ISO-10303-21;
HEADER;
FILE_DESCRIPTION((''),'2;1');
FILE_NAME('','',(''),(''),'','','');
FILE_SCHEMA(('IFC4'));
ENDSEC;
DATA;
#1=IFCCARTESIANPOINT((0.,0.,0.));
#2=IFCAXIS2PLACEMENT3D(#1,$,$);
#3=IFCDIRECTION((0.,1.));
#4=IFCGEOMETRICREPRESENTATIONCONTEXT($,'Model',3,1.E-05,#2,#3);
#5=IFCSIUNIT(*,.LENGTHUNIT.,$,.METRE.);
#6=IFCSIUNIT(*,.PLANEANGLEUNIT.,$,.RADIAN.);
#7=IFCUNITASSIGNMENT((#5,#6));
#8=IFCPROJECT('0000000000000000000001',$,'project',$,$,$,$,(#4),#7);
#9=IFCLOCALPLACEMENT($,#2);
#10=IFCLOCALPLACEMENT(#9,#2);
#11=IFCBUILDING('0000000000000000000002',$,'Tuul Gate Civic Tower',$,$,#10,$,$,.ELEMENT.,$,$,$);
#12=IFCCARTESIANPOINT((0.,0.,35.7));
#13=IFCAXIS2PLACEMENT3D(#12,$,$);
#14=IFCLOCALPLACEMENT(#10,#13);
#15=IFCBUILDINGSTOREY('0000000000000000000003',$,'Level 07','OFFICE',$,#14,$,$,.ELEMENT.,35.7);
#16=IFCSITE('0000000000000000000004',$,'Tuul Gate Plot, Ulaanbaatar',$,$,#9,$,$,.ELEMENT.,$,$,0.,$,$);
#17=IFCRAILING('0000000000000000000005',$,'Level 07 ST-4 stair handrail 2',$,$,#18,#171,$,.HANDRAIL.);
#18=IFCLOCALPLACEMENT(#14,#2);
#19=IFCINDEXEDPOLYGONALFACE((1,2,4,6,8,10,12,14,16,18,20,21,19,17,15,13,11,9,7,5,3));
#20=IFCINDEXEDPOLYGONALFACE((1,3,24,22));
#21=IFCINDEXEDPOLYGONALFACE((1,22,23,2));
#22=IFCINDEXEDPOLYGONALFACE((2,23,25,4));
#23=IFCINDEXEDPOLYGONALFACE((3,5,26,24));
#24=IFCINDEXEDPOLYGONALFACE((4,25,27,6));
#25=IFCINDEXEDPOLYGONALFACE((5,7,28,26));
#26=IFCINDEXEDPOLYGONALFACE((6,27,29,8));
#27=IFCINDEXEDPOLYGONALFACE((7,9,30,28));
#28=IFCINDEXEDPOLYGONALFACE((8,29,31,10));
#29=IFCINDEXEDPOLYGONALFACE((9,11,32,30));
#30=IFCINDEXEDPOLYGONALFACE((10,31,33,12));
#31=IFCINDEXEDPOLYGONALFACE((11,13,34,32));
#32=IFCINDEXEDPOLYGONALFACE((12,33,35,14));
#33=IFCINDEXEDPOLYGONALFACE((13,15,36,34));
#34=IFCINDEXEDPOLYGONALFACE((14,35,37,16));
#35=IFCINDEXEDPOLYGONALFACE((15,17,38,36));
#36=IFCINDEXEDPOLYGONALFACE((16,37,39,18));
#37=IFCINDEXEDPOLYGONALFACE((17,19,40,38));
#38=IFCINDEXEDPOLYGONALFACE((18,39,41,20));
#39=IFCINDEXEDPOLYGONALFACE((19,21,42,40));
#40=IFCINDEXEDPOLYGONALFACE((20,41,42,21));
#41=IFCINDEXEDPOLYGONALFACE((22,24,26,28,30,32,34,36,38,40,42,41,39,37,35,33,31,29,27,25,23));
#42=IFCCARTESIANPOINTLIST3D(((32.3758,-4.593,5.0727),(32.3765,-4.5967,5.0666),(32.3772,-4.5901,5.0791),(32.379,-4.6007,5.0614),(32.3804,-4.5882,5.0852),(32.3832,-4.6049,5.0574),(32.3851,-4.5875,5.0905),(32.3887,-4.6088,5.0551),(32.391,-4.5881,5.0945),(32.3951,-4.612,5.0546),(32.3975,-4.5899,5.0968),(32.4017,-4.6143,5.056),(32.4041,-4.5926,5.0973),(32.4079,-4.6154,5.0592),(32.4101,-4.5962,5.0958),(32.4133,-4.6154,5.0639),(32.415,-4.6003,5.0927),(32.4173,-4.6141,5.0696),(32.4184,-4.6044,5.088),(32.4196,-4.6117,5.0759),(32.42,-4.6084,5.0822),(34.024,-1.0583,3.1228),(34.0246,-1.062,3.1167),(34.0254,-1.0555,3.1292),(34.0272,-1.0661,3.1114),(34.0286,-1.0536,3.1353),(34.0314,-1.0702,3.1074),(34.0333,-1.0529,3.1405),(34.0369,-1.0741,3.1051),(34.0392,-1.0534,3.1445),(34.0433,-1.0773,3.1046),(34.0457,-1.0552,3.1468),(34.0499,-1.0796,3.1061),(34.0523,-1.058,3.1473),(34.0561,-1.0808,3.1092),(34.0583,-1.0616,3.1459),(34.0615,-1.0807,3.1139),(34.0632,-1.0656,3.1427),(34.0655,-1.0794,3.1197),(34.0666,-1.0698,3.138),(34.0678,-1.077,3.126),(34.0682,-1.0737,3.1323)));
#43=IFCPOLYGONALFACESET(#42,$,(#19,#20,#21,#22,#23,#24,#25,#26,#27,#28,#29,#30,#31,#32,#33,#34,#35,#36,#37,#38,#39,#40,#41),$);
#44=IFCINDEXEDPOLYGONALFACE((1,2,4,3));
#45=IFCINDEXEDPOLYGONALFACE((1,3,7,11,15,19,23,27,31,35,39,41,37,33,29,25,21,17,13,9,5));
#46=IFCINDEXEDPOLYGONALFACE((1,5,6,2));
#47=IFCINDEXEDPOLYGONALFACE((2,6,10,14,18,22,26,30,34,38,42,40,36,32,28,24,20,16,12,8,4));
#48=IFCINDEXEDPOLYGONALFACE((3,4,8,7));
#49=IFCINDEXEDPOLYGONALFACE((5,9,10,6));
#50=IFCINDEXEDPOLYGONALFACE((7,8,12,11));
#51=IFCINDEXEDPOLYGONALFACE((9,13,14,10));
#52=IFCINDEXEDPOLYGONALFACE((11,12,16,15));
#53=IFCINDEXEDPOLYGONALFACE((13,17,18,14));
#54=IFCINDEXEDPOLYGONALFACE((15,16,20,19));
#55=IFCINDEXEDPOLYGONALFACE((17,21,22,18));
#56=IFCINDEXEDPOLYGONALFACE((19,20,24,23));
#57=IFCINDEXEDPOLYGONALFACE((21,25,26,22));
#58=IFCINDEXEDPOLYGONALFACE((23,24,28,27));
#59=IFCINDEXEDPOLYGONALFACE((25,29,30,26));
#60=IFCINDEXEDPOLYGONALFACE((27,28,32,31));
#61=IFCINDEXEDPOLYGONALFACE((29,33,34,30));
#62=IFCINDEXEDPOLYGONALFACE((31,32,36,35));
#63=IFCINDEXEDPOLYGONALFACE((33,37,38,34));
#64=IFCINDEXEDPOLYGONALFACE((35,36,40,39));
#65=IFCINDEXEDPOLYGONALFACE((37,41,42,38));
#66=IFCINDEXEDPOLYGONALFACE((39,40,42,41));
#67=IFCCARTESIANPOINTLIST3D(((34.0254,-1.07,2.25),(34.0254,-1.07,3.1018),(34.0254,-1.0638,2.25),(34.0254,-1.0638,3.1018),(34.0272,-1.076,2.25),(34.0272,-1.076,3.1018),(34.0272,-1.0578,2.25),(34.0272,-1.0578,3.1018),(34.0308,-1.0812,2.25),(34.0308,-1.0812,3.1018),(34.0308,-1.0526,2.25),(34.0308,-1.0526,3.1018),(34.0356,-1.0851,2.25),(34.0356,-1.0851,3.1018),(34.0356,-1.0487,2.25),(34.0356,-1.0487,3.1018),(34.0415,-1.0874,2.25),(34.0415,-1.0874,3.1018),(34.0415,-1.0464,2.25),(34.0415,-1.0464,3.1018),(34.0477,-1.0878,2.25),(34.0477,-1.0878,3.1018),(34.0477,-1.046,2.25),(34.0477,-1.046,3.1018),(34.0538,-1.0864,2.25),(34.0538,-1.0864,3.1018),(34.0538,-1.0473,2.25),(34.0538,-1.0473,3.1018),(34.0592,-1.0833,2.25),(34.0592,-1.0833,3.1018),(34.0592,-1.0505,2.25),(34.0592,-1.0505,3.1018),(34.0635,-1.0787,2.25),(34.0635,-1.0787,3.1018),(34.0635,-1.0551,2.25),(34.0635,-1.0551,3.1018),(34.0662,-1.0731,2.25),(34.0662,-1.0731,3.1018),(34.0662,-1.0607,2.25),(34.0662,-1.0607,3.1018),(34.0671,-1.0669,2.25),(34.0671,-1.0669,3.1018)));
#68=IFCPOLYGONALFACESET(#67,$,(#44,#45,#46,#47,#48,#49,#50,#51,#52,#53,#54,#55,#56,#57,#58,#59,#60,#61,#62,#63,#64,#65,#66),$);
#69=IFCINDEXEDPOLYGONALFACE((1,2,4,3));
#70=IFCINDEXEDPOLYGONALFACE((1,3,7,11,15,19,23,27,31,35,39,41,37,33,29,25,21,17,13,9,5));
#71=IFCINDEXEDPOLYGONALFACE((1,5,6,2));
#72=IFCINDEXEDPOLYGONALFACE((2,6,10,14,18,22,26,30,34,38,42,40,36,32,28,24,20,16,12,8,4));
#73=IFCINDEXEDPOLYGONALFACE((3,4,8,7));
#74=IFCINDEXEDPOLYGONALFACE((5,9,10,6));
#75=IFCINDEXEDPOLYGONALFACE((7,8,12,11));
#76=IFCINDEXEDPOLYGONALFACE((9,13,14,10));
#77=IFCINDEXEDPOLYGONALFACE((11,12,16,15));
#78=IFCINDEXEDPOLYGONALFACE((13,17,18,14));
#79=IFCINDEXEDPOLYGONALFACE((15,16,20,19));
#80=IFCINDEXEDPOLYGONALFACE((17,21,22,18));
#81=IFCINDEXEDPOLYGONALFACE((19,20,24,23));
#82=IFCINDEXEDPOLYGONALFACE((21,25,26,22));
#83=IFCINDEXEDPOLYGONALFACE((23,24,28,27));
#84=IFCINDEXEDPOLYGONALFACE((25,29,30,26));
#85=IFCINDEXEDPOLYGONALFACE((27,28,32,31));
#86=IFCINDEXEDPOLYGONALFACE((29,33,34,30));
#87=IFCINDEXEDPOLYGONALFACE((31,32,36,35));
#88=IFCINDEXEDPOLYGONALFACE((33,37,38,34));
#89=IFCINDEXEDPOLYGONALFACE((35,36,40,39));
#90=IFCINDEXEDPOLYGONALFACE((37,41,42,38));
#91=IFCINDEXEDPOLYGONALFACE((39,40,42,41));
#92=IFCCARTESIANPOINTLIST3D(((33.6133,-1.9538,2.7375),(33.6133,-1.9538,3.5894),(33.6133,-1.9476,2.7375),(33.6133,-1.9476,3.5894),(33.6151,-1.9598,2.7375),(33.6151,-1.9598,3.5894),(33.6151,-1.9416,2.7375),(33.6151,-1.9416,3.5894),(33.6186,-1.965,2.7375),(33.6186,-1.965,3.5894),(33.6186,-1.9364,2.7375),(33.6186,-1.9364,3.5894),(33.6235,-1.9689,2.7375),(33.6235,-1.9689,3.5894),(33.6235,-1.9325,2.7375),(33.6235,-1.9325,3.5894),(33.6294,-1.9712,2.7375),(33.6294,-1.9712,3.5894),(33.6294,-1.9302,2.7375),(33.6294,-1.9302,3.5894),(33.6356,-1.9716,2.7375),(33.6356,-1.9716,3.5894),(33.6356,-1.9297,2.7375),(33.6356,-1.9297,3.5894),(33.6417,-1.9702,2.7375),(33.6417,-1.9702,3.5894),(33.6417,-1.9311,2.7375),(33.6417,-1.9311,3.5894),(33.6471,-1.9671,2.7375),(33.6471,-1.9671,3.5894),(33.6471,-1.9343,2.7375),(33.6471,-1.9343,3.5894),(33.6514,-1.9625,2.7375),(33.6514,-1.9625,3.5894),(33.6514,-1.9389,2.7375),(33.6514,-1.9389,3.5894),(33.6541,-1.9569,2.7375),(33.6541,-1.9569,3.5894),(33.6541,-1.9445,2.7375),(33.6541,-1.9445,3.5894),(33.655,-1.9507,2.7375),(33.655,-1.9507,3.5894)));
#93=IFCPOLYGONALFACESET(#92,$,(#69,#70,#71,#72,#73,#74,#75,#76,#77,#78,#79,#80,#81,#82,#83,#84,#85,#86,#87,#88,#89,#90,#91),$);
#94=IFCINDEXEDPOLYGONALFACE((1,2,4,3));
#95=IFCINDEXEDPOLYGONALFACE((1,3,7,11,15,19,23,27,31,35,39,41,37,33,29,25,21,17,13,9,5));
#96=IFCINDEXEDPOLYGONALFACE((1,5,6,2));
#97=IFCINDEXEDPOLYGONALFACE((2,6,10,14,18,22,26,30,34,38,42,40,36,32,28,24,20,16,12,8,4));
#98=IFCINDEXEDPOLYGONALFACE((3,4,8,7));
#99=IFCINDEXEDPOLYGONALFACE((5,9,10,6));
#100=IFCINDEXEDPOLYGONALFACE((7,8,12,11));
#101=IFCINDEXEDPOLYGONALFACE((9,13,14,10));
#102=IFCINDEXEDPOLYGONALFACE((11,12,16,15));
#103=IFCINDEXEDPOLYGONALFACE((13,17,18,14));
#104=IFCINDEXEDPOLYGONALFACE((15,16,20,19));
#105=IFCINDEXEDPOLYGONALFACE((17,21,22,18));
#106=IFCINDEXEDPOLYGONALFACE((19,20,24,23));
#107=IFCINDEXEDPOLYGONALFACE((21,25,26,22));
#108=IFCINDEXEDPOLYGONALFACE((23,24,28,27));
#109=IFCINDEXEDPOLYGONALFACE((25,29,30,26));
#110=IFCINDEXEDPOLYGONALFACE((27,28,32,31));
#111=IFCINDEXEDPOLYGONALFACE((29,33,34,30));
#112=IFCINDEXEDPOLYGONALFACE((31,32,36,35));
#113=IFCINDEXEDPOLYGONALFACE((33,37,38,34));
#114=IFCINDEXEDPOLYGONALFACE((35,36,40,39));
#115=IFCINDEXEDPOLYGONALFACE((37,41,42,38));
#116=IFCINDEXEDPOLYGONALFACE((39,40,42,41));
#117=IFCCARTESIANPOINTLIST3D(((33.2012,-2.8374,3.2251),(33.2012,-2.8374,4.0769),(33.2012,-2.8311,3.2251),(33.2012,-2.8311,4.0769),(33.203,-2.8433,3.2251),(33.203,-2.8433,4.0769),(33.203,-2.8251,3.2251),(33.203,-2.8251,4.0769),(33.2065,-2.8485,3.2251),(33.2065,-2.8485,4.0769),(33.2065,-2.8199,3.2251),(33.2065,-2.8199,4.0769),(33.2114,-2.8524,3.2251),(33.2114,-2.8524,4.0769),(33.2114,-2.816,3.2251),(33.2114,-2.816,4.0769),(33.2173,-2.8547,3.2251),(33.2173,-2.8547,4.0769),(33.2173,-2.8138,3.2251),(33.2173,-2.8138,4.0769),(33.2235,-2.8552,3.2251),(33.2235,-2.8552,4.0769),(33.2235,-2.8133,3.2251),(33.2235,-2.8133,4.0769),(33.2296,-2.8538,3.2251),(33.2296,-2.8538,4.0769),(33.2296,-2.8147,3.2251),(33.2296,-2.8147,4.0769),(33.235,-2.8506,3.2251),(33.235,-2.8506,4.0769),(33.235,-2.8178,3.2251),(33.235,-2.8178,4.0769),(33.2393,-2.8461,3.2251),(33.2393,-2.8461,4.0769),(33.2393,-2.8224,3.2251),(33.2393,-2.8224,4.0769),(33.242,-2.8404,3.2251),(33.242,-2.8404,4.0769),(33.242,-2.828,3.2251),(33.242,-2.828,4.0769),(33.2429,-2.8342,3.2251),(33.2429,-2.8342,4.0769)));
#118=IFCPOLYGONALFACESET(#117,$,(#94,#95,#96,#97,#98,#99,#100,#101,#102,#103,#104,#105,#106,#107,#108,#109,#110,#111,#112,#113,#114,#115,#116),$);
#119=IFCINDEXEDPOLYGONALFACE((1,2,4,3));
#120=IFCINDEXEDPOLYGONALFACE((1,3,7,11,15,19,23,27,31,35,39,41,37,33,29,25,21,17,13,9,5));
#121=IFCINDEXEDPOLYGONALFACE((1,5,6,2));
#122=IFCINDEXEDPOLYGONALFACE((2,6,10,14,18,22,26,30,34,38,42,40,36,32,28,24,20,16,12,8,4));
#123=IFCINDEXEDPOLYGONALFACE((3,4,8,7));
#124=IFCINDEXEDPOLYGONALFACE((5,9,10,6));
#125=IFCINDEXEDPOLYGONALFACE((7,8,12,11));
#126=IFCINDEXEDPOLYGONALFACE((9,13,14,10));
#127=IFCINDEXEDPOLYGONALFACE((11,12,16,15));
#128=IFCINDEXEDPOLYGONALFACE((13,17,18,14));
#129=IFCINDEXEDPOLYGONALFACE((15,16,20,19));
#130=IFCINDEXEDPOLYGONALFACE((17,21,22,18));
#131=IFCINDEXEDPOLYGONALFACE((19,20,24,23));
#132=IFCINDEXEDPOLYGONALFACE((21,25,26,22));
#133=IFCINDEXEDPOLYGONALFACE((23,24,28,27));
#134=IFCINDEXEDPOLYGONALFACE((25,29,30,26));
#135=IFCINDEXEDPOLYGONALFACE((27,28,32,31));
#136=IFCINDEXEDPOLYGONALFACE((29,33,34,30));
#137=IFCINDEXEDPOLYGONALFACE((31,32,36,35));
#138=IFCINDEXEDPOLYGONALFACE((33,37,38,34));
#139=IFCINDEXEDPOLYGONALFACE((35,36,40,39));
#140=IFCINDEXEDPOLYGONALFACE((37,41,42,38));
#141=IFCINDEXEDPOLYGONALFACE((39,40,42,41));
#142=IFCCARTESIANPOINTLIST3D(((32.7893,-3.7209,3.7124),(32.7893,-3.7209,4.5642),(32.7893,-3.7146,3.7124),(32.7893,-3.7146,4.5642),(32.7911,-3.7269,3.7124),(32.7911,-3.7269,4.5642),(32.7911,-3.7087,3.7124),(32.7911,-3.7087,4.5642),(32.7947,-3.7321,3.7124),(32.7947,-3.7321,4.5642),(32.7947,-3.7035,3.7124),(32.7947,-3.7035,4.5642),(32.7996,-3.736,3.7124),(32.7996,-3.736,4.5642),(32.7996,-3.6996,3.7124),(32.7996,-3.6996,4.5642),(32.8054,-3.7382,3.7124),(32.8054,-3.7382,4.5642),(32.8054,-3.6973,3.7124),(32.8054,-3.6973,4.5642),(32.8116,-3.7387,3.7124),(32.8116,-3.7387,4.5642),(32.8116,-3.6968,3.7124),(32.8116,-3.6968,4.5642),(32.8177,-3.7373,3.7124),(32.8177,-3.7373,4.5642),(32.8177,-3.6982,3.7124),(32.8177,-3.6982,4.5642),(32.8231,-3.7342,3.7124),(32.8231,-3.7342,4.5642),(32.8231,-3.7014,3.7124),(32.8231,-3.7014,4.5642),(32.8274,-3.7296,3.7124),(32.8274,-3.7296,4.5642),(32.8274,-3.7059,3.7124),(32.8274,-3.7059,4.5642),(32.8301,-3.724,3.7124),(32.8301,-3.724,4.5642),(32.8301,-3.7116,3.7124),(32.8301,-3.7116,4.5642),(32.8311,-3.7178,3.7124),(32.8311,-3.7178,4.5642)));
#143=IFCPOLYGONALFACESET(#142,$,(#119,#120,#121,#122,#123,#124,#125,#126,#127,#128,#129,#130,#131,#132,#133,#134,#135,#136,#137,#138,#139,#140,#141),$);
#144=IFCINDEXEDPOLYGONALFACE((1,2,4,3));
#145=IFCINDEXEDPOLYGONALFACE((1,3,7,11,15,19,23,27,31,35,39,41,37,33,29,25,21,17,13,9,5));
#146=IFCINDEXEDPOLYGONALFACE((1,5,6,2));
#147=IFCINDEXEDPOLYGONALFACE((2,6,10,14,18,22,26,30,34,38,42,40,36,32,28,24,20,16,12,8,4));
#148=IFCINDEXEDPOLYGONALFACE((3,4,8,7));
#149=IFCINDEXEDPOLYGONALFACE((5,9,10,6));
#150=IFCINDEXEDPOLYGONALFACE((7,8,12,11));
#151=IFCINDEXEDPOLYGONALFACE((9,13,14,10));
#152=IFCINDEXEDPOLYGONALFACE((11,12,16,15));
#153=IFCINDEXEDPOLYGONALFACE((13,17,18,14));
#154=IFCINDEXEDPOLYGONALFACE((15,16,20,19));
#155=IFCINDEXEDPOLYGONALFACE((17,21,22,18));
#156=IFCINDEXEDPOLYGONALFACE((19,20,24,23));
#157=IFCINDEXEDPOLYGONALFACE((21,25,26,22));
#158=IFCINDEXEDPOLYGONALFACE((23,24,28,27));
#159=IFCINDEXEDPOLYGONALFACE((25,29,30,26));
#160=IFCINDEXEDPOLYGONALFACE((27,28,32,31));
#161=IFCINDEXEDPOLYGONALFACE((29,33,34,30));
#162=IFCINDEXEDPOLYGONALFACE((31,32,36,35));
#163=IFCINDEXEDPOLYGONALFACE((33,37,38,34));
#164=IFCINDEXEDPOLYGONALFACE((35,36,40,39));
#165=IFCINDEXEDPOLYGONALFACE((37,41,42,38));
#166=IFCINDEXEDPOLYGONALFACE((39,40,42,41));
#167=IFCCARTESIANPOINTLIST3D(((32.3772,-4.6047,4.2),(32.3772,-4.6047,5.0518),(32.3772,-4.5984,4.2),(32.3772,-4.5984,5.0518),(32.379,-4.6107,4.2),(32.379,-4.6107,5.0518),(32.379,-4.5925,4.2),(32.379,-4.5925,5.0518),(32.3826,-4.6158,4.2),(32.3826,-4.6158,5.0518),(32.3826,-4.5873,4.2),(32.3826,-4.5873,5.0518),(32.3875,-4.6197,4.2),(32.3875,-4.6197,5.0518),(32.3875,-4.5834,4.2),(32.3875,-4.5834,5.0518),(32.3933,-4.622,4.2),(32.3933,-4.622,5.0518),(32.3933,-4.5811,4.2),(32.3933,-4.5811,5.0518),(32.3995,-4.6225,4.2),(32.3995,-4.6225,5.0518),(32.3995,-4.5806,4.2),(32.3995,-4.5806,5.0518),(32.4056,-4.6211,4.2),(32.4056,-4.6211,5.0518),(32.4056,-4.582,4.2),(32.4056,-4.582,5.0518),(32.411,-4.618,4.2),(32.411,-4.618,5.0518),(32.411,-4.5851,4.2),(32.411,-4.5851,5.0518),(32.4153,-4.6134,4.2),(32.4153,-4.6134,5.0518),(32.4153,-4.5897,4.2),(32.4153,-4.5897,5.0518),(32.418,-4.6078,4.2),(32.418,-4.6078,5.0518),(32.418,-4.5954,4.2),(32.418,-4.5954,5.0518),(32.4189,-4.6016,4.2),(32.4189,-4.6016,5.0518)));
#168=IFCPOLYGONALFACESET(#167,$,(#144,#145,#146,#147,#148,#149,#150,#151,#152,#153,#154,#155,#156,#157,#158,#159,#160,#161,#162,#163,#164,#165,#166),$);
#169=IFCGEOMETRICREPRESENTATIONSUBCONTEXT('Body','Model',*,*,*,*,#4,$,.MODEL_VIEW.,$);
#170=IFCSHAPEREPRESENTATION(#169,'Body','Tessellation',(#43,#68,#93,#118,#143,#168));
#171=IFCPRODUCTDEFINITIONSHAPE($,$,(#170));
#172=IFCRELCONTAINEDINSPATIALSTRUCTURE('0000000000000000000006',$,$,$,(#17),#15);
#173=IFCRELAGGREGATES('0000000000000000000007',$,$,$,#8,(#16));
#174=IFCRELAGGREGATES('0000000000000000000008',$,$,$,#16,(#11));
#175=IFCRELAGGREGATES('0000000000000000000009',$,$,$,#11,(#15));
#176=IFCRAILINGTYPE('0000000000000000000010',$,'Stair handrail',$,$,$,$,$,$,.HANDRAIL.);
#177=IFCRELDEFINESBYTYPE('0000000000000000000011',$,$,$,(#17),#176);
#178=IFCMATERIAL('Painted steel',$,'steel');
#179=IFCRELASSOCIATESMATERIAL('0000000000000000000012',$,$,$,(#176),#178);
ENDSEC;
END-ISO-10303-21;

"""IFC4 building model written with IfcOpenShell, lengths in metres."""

from ifc_helpers import new_model, si_unit, direction, frame, origin, origin_2d, place, context, subcontext, project, spatial, circle, extrude, material, type_object, element, save


model = new_model("IFC4")

# Units and contexts
model_context = context("Model", 3, precision=1e-05, world=origin(), true_north=direction((0.0, 1.0)))
body_context = subcontext(model_context, "Body", "Model", "MODEL_VIEW")
ifc_project = project(units=[si_unit("LENGTHUNIT", "METRE"), si_unit("PLANEANGLEUNIT", "RADIAN")], contexts=[model_context])

# Site, building, storey
site_placement = place(None, origin())
site = spatial("IfcSite", under=ifc_project, at=site_placement, Name="Tuul Gate Plot, Ulaanbaatar", CompositionType="ELEMENT", RefElevation=0.0)
building_placement = place(site_placement, origin())
building = spatial("IfcBuilding", under=site, at=building_placement, Name="Tuul Gate Civic Tower", CompositionType="ELEMENT")
storey_placement = place(building_placement, frame((0.0, 0.0, 35.7)))
storey = spatial("IfcBuildingStorey", under=building, at=storey_placement, Name="Level 07", Description="OFFICE", CompositionType="ELEMENT", Elevation=35.7)

# Railing
ifc_material_1 = material(Name="Painted steel", Category="steel")
railing_type_1 = type_object("IfcRailingType", Name="Stair handrail", PredefinedType="HANDRAIL", material=ifc_material_1)
railing_1_placement = place(storey_placement, frame((34.0461, -1.0669, 2.25)))
element("IfcRailing", 1, at=railing_1_placement, inside=storey, type_object=railing_type_1, Name="Level 07 ST-4 stair handrail 2", PredefinedType="HANDRAIL", context=body_context, shape_type="SweptSolid", body=[
    extrude(circle(Radius=0.0239, at=origin_2d()), frame((0.0, 0.0, 0.876), z_axis=(-0.377995, -0.810637, 0.4472), x_axis=(0.906313, -0.422608, 0.0)), (0.0, 0.0, 1.0), 4.3604),
    extrude(circle(Radius=0.021, at=origin_2d()), origin(), (0.0, 0.0, 1.0), 0.8518),
    extrude(circle(Radius=0.021, at=origin_2d()), frame((-0.4121, -0.8838, 0.4875)), (0.0, 0.0, 1.0), 0.8518),
    extrude(circle(Radius=0.021, at=origin_2d()), frame((-0.8242, -1.7673, 0.9751)), (0.0, 0.0, 1.0), 0.8518),
    extrude(circle(Radius=0.021, at=origin_2d()), frame((-1.2361, -2.6509, 1.4624)), (0.0, 0.0, 1.0), 0.8518),
    extrude(circle(Radius=0.021, at=origin_2d()), frame((-1.6482, -3.5347, 1.95)), (0.0, 0.0, 1.0), 0.8518),
])

save(model, "model.ifc")
